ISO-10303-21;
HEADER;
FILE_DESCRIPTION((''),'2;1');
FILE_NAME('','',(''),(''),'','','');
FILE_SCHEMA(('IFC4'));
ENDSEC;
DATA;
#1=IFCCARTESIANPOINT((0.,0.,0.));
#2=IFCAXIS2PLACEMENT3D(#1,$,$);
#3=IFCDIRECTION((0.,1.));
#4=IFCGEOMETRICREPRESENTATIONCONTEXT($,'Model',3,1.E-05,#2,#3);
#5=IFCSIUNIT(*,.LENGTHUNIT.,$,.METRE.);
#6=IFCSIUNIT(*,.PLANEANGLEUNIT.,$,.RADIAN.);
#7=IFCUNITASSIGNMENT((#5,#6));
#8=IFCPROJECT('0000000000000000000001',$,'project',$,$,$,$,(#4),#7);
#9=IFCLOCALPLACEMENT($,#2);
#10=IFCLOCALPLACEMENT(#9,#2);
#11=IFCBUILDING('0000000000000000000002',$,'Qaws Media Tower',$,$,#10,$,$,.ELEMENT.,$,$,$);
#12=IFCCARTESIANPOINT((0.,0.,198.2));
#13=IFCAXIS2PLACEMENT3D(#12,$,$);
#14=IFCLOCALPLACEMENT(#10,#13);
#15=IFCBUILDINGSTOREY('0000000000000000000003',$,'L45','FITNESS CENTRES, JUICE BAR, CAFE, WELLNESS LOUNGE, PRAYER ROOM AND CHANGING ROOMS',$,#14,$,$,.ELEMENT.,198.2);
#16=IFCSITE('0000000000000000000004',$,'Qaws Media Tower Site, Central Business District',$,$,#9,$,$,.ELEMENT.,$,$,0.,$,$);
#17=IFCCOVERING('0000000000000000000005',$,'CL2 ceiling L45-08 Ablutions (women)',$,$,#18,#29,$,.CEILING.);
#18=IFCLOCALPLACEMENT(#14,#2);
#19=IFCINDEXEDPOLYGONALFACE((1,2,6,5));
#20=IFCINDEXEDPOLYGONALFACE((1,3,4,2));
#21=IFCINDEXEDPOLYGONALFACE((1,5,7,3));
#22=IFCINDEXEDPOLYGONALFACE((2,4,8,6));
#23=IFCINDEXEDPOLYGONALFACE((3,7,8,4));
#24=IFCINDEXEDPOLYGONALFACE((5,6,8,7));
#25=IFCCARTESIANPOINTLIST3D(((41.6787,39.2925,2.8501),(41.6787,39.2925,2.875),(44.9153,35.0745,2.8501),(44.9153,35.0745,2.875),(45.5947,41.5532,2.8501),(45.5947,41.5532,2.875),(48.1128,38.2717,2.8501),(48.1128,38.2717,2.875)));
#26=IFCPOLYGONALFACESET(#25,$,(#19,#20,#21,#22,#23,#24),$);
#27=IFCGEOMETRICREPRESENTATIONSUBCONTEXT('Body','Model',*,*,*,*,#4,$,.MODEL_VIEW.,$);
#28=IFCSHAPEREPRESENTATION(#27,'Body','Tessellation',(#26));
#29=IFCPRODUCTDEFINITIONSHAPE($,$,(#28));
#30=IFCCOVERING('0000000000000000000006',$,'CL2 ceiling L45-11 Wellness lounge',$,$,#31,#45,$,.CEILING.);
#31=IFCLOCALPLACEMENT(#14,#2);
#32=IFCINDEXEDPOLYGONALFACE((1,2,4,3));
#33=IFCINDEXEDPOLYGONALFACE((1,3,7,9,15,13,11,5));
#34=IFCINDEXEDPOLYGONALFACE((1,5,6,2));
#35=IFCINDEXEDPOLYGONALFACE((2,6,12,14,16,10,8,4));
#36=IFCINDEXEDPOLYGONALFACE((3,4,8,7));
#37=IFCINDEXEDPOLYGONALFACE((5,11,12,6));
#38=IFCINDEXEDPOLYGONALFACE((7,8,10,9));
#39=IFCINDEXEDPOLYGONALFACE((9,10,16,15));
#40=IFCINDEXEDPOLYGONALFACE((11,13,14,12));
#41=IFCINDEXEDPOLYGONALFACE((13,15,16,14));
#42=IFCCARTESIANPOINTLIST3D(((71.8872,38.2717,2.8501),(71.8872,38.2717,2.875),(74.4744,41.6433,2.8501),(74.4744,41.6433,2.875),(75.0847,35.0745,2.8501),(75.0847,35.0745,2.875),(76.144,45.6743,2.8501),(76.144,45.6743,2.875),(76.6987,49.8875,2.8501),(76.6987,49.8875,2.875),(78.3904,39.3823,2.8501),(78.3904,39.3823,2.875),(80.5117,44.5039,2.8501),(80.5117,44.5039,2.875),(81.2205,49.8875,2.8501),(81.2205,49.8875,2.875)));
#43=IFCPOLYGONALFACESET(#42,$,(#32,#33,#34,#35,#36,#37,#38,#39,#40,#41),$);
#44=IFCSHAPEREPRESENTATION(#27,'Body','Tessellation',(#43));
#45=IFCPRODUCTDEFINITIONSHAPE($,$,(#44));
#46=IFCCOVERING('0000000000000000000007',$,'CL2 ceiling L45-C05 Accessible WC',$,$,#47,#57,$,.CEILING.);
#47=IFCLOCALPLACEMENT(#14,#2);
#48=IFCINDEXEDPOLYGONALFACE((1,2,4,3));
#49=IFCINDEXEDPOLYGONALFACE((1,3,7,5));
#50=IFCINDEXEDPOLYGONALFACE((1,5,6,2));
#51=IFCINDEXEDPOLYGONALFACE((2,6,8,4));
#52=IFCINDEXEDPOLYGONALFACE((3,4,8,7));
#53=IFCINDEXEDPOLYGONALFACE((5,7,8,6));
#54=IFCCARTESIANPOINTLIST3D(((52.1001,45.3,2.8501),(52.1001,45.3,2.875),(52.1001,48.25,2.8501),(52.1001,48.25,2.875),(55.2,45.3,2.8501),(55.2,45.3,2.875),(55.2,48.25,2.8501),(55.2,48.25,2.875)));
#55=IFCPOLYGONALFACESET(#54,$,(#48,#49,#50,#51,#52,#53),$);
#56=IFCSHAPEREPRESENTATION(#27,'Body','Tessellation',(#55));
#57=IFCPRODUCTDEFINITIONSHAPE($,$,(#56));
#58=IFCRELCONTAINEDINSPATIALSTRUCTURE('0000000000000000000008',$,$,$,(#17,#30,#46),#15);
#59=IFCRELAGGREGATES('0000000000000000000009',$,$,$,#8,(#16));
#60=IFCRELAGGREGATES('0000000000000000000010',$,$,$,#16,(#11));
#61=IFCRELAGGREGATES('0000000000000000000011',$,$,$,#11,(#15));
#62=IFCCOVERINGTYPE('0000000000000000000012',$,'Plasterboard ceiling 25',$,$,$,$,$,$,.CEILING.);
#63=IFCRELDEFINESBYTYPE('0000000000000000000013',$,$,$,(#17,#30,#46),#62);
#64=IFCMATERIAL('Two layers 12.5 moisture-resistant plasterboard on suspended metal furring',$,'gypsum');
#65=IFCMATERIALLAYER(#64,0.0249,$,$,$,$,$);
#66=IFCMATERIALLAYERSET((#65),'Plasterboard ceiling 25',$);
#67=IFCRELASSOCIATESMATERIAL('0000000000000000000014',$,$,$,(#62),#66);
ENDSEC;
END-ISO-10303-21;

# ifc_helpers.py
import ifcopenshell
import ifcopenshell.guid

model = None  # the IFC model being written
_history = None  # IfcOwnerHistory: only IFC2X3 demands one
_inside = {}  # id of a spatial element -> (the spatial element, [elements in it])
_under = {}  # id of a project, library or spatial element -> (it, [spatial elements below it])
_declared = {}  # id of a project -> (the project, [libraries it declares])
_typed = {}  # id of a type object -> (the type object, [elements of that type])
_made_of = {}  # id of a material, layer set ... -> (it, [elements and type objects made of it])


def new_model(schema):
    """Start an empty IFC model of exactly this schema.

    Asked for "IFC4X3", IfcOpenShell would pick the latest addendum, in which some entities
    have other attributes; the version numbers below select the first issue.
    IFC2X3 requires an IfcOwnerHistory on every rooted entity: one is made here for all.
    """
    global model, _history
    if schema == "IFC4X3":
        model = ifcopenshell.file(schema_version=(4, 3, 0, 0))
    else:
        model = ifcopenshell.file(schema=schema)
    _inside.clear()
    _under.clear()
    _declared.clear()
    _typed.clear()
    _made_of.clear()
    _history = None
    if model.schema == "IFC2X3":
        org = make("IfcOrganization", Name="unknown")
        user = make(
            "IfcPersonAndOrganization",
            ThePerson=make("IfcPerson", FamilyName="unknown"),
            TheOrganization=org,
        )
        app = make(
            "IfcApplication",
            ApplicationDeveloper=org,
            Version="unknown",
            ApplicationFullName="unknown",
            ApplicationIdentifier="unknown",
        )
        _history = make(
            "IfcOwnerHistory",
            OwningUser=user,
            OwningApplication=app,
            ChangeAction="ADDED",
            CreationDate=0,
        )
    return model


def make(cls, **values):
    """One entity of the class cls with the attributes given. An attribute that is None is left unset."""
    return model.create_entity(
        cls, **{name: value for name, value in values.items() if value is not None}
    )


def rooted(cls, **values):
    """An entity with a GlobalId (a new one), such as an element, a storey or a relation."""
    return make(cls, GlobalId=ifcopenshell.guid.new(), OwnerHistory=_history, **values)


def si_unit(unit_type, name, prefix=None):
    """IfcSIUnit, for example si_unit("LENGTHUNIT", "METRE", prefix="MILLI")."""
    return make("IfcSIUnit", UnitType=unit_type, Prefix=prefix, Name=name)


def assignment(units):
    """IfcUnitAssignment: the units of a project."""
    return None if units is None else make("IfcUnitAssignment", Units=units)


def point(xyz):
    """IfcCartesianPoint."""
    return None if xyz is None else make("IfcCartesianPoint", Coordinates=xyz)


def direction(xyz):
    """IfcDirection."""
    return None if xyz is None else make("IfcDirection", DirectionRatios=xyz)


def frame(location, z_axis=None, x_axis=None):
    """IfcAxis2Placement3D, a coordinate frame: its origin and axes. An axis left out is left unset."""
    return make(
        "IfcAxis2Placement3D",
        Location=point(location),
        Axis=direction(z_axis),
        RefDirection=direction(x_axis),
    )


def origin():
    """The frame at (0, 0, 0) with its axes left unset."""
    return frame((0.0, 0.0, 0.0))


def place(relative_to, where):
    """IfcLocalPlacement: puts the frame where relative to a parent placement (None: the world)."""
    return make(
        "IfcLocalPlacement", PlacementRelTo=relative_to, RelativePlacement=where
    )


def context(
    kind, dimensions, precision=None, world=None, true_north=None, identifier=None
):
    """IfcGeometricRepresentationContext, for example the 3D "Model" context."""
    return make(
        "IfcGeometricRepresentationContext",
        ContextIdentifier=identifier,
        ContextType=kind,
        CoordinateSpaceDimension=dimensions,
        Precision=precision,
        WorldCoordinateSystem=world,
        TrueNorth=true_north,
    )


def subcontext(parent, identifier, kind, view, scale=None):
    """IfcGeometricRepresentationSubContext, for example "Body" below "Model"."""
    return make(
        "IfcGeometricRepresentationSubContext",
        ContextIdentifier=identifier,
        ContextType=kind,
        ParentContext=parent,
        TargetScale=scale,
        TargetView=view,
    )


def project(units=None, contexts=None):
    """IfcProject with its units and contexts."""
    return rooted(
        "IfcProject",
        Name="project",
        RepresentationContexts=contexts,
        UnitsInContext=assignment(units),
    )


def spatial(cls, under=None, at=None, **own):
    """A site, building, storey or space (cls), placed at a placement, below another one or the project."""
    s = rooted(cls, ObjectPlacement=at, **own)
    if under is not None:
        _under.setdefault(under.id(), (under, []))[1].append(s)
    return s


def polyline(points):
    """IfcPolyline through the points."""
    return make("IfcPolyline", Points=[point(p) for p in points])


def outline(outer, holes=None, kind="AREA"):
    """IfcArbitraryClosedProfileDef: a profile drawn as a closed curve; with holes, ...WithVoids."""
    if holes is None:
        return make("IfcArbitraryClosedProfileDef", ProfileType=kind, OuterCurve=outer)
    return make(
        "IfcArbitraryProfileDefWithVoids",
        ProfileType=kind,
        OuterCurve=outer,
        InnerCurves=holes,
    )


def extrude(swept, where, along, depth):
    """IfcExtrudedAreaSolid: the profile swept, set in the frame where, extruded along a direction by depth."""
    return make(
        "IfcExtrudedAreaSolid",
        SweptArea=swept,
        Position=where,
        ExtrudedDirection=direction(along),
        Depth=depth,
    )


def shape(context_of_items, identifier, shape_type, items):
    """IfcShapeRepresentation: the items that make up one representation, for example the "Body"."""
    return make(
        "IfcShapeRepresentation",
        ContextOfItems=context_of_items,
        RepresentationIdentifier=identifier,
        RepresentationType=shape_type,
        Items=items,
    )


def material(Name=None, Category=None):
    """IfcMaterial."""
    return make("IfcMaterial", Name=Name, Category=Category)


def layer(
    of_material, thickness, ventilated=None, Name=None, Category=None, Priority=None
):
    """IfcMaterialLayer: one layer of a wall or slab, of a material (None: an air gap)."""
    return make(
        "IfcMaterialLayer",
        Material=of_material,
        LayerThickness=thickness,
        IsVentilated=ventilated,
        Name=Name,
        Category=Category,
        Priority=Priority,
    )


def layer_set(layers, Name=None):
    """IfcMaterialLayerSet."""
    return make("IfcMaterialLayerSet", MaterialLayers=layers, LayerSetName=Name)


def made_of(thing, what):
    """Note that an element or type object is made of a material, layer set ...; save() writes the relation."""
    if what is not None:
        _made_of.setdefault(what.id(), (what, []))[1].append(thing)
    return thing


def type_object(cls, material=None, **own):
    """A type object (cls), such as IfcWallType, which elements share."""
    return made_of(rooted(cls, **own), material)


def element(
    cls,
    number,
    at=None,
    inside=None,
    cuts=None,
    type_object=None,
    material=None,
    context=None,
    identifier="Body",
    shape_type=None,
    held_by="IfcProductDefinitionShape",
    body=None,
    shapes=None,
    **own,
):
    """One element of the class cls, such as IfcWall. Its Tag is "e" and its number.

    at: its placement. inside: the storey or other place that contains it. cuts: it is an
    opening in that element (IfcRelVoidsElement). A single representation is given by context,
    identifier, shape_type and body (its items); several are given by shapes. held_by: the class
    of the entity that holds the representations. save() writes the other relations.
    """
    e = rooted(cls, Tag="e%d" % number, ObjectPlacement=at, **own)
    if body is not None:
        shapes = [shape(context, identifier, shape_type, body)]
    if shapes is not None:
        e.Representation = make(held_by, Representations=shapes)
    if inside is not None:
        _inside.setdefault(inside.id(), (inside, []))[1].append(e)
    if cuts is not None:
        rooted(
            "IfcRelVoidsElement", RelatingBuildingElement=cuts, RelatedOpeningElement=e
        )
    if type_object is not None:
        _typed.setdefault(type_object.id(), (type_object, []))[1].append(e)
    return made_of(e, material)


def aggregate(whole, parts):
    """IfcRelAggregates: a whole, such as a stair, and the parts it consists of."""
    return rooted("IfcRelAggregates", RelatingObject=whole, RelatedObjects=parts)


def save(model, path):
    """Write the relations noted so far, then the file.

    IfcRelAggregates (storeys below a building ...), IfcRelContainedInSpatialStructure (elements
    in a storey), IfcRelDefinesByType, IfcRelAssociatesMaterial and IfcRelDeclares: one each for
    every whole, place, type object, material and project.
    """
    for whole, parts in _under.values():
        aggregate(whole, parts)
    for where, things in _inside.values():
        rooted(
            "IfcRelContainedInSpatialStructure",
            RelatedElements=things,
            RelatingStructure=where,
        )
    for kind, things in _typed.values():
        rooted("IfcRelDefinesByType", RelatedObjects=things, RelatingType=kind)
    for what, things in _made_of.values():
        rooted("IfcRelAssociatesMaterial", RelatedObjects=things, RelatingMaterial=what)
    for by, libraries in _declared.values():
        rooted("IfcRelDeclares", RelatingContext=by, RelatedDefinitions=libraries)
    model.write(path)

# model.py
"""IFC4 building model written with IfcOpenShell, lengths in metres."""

from ifc_helpers import new_model, si_unit, direction, frame, origin, place, context, subcontext, project, spatial, polyline, outline, extrude, material, layer, layer_set, type_object, element, save


model = new_model("IFC4")

# Units and contexts
model_context = context("Model", 3, precision=1e-05, world=origin(), true_north=direction((0.0, 1.0)))
body_context = subcontext(model_context, "Body", "Model", "MODEL_VIEW")
ifc_project = project(units=[si_unit("LENGTHUNIT", "METRE"), si_unit("PLANEANGLEUNIT", "RADIAN")], contexts=[model_context])

# Site, building, storey
site_placement = place(None, origin())
site = spatial("IfcSite", under=ifc_project, at=site_placement, Name="Qaws Media Tower Site, Central Business District", CompositionType="ELEMENT", RefElevation=0.0)
building_placement = place(site_placement, origin())
building = spatial("IfcBuilding", under=site, at=building_placement, Name="Qaws Media Tower", CompositionType="ELEMENT")
storey_placement = place(building_placement, frame((0.0, 0.0, 198.2)))
storey = spatial("IfcBuildingStorey", under=building, at=storey_placement, Name="L45", Description="FITNESS CENTRES, JUICE BAR, CAFE, WELLNESS LOUNGE, PRAYER ROOM AND CHANGING ROOMS", CompositionType="ELEMENT", Elevation=198.2)

# Coverings
ifc_material_1 = material(Name="Two layers 12.5 moisture-resistant plasterboard on suspended metal furring", Category="gypsum")
ifc_layer_1 = layer(ifc_material_1, 0.0249)
ifc_layer_set_1 = layer_set([ifc_layer_1], Name="Plasterboard ceiling 25")
covering_type_1 = type_object("IfcCoveringType", Name="Plasterboard ceiling 25", PredefinedType="CEILING", material=ifc_layer_set_1)
covering_1_placement = place(storey_placement, frame((0.0, 0.0, 2.8501)))
element("IfcCovering", 1, at=covering_1_placement, inside=storey, type_object=covering_type_1, Name="CL2 ceiling L45-08 Ablutions (women)", PredefinedType="CEILING", context=body_context, shape_type="SweptSolid", body=[
    extrude(outline(polyline([(41.6787, 39.2925), (45.5947, 41.5532), (48.1128, 38.2717), (44.9153, 35.0745), (41.6787, 39.2925)])), origin(), (0.0, 0.0, 1.0), 0.0249),
])
covering_2_placement = place(storey_placement, frame((0.0, 0.0, 2.8501)))
element("IfcCovering", 2, at=covering_2_placement, inside=storey, type_object=covering_type_1, Name="CL2 ceiling L45-11 Wellness lounge", PredefinedType="CEILING", context=body_context, shape_type="SweptSolid", body=[
    extrude(outline(polyline([(74.4744, 41.6433), (76.144, 45.6743), (76.6987, 49.8875), (81.2205, 49.8875), (80.5117, 44.5039), (78.3904, 39.3823), (75.0847, 35.0745), (71.8872, 38.2717), (74.4744, 41.6433)])), origin(), (0.0, 0.0, 1.0), 0.0249),
])
covering_3_placement = place(storey_placement, frame((0.0, 0.0, 2.8501)))
element("IfcCovering", 3, at=covering_3_placement, inside=storey, type_object=covering_type_1, Name="CL2 ceiling L45-C05 Accessible WC", PredefinedType="CEILING", context=body_context, shape_type="SweptSolid", body=[
    extrude(outline(polyline([(52.1001, 45.3), (52.1001, 48.25), (55.2, 48.25), (55.2, 45.3), (52.1001, 45.3)])), origin(), (0.0, 0.0, 1.0), 0.0249),
])

save(model, "model.ifc")
